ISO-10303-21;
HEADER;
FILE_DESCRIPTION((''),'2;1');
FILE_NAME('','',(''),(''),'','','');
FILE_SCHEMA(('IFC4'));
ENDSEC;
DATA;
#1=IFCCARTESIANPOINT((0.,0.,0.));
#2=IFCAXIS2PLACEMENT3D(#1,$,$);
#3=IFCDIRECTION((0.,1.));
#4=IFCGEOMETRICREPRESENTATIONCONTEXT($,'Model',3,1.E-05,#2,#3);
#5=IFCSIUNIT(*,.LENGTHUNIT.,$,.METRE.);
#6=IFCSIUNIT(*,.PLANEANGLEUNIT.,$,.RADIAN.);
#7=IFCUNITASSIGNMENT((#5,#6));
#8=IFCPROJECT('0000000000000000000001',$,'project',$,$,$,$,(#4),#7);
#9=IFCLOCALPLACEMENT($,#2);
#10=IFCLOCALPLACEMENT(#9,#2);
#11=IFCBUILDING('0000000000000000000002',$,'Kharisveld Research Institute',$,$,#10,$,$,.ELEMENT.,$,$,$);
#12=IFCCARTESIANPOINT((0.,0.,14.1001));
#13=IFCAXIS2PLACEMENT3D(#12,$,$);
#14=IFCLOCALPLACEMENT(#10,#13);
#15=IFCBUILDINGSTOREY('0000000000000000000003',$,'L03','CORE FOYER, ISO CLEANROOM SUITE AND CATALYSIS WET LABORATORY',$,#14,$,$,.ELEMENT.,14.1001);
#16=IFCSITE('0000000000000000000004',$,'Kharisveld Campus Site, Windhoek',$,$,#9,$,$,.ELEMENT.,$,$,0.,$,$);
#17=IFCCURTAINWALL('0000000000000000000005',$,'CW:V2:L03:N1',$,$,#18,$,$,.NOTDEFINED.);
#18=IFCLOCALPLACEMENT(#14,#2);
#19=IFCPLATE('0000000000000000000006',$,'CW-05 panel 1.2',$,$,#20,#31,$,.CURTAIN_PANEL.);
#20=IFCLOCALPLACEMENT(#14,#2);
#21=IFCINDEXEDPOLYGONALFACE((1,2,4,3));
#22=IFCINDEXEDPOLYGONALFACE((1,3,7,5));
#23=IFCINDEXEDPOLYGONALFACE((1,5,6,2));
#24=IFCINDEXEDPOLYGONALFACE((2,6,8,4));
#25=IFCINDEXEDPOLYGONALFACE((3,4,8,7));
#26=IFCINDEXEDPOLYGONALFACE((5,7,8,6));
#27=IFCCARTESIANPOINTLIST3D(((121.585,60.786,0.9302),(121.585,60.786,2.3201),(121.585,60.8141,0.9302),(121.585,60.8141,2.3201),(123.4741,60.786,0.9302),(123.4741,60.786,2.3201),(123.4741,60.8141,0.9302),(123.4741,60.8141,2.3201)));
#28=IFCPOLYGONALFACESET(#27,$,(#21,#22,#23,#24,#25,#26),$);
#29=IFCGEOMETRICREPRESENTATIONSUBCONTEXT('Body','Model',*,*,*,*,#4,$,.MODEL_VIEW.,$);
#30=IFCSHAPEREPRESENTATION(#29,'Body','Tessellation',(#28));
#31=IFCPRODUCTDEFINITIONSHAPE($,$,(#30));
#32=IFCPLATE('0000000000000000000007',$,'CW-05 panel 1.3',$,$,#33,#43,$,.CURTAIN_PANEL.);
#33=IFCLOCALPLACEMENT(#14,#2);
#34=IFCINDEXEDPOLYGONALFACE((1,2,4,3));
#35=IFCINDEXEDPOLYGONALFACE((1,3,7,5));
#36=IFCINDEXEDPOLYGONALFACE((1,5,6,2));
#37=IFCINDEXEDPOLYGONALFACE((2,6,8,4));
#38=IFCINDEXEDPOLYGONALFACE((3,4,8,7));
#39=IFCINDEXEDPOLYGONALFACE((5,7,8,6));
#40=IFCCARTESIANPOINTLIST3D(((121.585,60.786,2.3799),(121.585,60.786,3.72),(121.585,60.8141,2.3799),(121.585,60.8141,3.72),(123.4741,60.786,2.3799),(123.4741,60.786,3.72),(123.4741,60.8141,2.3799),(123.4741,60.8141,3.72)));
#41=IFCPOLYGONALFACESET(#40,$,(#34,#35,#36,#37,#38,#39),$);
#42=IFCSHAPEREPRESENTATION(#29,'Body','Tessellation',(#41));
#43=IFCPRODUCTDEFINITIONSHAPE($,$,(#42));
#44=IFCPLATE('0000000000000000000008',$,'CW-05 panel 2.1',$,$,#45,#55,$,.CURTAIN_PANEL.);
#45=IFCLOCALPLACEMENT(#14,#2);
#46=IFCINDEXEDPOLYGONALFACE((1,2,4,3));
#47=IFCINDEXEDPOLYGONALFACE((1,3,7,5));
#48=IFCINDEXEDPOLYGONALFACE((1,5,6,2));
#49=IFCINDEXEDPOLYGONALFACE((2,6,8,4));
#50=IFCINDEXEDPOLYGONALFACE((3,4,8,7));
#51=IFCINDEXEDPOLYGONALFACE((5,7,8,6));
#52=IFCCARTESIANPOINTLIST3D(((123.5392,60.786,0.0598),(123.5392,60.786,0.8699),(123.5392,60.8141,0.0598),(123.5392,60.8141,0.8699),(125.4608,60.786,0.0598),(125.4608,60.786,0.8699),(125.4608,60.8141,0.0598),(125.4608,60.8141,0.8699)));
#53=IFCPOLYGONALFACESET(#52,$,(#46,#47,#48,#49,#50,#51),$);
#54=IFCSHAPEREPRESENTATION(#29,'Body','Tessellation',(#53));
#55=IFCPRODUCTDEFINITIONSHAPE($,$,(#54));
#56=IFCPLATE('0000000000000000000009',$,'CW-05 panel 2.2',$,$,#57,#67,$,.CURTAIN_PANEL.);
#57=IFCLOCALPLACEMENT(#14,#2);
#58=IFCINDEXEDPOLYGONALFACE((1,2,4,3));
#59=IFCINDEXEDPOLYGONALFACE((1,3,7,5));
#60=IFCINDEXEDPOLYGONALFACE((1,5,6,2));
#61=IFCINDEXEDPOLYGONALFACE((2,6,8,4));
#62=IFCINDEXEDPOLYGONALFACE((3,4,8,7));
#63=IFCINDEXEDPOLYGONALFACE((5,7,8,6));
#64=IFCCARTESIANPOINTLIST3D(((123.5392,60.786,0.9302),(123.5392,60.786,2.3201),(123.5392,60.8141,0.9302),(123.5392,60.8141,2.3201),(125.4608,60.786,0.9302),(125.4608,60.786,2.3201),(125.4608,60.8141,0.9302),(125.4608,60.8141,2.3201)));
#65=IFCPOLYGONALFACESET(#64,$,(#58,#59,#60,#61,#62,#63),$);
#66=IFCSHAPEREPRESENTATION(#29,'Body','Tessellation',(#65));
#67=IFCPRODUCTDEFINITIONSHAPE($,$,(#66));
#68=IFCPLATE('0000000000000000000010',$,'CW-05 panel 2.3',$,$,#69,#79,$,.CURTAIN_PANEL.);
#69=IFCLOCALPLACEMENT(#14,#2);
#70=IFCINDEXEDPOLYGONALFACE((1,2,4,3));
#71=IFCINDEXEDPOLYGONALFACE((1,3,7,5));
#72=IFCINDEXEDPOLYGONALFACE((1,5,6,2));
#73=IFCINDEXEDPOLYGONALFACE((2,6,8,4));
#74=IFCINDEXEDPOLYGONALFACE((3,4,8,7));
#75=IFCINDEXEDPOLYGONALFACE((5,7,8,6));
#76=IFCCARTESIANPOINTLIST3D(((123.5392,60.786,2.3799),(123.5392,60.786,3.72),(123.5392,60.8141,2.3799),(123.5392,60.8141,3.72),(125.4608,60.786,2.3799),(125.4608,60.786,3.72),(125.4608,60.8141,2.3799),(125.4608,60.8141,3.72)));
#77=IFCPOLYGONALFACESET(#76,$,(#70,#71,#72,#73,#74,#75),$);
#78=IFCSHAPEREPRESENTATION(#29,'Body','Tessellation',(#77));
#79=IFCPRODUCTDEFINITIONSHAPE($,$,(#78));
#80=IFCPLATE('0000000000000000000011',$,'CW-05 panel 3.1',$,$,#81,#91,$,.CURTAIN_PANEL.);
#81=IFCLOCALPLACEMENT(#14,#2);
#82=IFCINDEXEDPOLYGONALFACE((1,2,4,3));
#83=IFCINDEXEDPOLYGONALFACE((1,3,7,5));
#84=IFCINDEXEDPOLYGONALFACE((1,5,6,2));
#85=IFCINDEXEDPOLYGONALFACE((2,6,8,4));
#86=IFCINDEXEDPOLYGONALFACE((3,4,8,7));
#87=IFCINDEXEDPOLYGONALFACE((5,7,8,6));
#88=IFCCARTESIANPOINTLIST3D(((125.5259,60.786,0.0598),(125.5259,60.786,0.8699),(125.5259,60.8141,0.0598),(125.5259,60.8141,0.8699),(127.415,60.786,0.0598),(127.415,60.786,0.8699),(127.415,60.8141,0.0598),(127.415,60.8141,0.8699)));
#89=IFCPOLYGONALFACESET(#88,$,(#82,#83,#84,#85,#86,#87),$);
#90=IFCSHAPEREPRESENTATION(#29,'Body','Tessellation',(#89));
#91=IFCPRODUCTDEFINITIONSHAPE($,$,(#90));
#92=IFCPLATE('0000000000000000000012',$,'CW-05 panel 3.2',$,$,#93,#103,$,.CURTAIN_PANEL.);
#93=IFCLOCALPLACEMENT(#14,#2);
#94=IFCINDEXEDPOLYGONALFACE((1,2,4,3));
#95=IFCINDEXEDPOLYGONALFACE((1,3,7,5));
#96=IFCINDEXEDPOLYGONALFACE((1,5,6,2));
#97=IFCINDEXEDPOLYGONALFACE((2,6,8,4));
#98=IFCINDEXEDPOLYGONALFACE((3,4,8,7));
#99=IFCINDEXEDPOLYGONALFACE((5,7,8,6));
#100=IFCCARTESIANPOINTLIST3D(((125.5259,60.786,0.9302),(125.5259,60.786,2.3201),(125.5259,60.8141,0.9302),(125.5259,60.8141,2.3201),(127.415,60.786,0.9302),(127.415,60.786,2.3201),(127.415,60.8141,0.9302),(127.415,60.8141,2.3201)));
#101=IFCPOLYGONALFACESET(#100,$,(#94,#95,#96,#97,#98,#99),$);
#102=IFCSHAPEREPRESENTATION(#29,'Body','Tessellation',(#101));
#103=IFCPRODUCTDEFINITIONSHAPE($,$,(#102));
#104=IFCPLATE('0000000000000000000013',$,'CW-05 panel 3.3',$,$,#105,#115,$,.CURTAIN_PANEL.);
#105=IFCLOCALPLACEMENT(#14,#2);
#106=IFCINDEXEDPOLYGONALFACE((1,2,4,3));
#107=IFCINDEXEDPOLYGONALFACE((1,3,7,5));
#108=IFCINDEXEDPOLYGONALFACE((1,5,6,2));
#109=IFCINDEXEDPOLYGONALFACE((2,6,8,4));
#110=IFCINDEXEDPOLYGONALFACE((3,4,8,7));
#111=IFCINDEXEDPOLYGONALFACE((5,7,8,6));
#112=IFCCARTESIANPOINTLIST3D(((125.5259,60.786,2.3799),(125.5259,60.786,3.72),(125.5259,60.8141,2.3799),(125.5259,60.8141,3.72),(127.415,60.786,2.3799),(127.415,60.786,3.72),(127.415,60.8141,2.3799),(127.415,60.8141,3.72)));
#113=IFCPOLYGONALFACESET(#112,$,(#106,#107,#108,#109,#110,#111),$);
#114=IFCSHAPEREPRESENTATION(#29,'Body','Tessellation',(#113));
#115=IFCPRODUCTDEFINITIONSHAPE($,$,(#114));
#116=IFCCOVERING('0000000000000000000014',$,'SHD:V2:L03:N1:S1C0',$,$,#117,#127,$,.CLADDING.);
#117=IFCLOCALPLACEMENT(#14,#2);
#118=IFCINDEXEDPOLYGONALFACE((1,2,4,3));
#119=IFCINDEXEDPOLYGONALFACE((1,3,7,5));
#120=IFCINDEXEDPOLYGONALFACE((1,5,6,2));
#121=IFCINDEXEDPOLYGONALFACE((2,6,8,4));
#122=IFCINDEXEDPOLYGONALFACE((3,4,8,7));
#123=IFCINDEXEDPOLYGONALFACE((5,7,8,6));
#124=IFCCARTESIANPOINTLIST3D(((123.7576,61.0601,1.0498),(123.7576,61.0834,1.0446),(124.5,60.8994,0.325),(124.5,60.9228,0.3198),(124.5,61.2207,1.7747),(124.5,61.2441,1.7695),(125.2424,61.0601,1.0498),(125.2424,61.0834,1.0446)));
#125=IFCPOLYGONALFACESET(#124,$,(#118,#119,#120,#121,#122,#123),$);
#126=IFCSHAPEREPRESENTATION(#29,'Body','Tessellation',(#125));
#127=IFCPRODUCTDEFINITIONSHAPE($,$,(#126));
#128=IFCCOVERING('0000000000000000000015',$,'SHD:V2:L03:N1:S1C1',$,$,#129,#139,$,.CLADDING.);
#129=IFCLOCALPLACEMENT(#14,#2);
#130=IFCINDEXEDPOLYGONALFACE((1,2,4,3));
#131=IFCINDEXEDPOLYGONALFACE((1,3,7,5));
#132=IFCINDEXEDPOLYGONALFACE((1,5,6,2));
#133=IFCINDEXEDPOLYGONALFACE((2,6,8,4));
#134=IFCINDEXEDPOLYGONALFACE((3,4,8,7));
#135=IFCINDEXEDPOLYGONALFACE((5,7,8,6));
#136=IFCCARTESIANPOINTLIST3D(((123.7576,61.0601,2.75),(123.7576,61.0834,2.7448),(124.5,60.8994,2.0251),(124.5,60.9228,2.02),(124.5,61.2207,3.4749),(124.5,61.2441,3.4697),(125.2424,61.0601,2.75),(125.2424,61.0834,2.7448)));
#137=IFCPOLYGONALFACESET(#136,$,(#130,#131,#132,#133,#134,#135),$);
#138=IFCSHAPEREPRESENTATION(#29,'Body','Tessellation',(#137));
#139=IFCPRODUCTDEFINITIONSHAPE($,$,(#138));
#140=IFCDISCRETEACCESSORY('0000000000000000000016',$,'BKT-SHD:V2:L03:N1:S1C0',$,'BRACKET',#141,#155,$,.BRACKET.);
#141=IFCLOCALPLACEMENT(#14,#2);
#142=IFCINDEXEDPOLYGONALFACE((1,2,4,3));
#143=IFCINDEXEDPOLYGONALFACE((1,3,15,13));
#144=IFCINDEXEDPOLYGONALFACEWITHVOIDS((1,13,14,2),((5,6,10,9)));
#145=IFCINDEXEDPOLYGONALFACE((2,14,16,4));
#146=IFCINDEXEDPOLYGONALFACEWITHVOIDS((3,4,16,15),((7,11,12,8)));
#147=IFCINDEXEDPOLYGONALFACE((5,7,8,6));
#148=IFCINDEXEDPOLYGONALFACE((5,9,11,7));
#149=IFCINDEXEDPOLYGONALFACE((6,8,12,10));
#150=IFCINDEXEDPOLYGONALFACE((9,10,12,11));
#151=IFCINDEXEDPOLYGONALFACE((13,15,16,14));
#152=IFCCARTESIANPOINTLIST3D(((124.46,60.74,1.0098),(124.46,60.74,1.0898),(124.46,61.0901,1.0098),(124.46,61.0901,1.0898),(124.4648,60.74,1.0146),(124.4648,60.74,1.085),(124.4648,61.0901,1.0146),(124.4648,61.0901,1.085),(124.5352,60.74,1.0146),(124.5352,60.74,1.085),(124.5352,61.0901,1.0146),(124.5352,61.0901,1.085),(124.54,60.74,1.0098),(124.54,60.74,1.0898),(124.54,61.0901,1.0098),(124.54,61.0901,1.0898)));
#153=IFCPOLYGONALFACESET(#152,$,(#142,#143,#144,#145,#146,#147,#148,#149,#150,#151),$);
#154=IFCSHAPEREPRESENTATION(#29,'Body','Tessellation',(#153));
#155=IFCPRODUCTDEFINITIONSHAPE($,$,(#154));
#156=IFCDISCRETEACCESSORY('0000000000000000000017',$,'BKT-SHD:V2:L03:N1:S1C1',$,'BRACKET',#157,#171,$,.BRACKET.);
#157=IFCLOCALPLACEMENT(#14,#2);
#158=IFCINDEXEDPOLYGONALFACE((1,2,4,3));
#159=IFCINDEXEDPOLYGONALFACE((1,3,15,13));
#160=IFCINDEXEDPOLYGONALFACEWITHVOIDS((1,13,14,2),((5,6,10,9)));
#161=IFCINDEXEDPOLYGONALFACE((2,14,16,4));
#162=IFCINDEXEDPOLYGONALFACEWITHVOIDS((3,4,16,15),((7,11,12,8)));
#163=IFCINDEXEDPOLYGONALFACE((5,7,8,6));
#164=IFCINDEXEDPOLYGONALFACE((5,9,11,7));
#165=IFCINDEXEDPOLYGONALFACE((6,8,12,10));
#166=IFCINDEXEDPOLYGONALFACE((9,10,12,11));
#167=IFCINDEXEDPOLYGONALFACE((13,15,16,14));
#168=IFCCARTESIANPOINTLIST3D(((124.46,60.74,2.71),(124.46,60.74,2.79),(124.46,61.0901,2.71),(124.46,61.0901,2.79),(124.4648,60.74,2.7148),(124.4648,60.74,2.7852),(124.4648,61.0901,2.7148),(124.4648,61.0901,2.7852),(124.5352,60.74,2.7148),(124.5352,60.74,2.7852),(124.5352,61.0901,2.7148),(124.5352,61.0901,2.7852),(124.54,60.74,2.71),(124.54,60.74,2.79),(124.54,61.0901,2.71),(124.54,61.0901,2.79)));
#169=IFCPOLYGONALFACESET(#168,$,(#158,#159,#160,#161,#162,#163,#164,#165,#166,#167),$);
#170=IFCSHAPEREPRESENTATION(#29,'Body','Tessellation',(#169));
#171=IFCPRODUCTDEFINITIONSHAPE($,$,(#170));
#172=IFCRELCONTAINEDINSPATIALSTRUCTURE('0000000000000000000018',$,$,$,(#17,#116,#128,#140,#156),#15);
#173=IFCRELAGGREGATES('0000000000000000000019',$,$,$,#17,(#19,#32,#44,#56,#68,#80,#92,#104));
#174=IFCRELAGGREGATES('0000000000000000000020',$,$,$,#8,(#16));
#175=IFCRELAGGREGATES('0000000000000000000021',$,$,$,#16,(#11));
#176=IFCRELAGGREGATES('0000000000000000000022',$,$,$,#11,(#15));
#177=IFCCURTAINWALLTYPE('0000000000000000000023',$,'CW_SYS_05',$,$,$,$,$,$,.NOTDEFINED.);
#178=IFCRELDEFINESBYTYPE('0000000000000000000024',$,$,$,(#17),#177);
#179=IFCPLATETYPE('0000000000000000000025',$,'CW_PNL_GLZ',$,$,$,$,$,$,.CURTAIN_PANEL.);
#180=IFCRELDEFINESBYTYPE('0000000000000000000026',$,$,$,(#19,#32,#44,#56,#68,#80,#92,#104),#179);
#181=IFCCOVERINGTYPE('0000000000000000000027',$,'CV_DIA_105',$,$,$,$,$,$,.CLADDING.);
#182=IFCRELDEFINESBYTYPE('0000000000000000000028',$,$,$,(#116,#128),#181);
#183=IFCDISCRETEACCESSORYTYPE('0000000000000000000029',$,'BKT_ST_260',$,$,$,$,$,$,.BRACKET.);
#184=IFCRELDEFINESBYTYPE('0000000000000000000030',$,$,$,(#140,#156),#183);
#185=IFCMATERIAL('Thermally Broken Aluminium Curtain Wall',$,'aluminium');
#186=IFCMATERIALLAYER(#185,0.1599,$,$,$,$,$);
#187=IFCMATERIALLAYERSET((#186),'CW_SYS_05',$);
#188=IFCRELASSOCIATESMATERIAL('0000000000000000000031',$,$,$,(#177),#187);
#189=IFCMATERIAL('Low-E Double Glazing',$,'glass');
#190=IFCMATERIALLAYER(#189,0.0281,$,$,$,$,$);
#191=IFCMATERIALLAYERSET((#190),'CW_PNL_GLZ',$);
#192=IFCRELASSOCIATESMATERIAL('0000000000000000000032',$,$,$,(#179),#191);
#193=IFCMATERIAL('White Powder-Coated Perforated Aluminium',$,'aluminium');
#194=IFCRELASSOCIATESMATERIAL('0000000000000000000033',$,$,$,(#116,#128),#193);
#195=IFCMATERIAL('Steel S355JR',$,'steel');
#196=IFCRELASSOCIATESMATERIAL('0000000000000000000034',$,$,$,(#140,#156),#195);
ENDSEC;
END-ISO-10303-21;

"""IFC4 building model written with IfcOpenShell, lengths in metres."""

from ifc_helpers import new_model, si_unit, direction, frame, origin, origin_2d, place, context, subcontext, project, spatial, polyline, rectangle, hollow_rectangle, outline, extrude, material, layer, layer_set, type_object, element, aggregate, save


model = new_model("IFC4")

# Units and contexts
model_context = context("Model", 3, precision=1e-05, world=origin(), true_north=direction((0.0, 1.0)))
body_context = subcontext(model_context, "Body", "Model", "MODEL_VIEW")
ifc_project = project(units=[si_unit("LENGTHUNIT", "METRE"), si_unit("PLANEANGLEUNIT", "RADIAN")], contexts=[model_context])

# Site, building, storey
site_placement = place(None, origin())
site = spatial("IfcSite", under=ifc_project, at=site_placement, Name="Kharisveld Campus Site, Windhoek", CompositionType="ELEMENT", RefElevation=0.0)
building_placement = place(site_placement, origin())
building = spatial("IfcBuilding", under=site, at=building_placement, Name="Kharisveld Research Institute", CompositionType="ELEMENT")
storey_placement = place(building_placement, frame((0.0, 0.0, 14.1001)))
storey = spatial("IfcBuildingStorey", under=building, at=storey_placement, Name="L03", Description="CORE FOYER, ISO CLEANROOM SUITE AND CATALYSIS WET LABORATORY", CompositionType="ELEMENT", Elevation=14.1001)

# Curtain wall, plates
ifc_material_1 = material(Name="Thermally Broken Aluminium Curtain Wall", Category="aluminium")
ifc_layer_1 = layer(ifc_material_1, 0.1599)
ifc_layer_set_1 = layer_set([ifc_layer_1], Name="CW_SYS_05")
curtain_wall_type = type_object("IfcCurtainWallType", Name="CW_SYS_05", PredefinedType="NOTDEFINED", material=ifc_layer_set_1)
curtain_wall_placement = place(storey_placement, origin())
curtain_wall = element("IfcCurtainWall", 1, at=curtain_wall_placement, inside=storey, type_object=curtain_wall_type, Name="CW:V2:L03:N1", PredefinedType="NOTDEFINED")
ifc_material_2 = material(Name="Low-E Double Glazing", Category="glass")
ifc_layer_2 = layer(ifc_material_2, 0.0281)
ifc_layer_set_2 = layer_set([ifc_layer_2], Name="CW_PNL_GLZ")
plate_type = type_object("IfcPlateType", Name="CW_PNL_GLZ", PredefinedType="CURTAIN_PANEL", material=ifc_layer_set_2)
plate_1_placement = place(storey_placement, frame((122.5295, 60.8, 0.9302), z_axis=(0.0, 0.0, 1.0), x_axis=(1.0, 0.0, 0.0)))
plate_1 = element("IfcPlate", 2, at=plate_1_placement, type_object=plate_type, Name="CW-05 panel 1.2", PredefinedType="CURTAIN_PANEL", context=body_context, shape_type="SweptSolid", body=[
    extrude(rectangle(XDim=1.8892, YDim=0.0281, at=origin_2d()), origin(), (0.0, 0.0, 1.0), 1.3899),
])
plate_2_placement = place(storey_placement, frame((122.5295, 60.8, 2.3799), z_axis=(0.0, 0.0, 1.0), x_axis=(1.0, 0.0, 0.0)))
plate_2 = element("IfcPlate", 3, at=plate_2_placement, type_object=plate_type, Name="CW-05 panel 1.3", PredefinedType="CURTAIN_PANEL", context=body_context, shape_type="SweptSolid", body=[
    extrude(rectangle(XDim=1.8892, YDim=0.0281, at=origin_2d()), origin(), (0.0, 0.0, 1.0), 1.3401),
])
plate_3_placement = place(storey_placement, frame((124.5, 60.8, 0.0598), z_axis=(0.0, 0.0, 1.0), x_axis=(1.0, 0.0, 0.0)))
plate_3 = element("IfcPlate", 4, at=plate_3_placement, type_object=plate_type, Name="CW-05 panel 2.1", PredefinedType="CURTAIN_PANEL", context=body_context, shape_type="SweptSolid", body=[
    extrude(rectangle(XDim=1.9216, YDim=0.0281, at=origin_2d()), origin(), (0.0, 0.0, 1.0), 0.8101),
])
plate_4_placement = place(storey_placement, frame((124.5, 60.8, 0.9302), z_axis=(0.0, 0.0, 1.0), x_axis=(1.0, 0.0, 0.0)))
plate_4 = element("IfcPlate", 5, at=plate_4_placement, type_object=plate_type, Name="CW-05 panel 2.2", PredefinedType="CURTAIN_PANEL", context=body_context, shape_type="SweptSolid", body=[
    extrude(rectangle(XDim=1.9216, YDim=0.0281, at=origin_2d()), origin(), (0.0, 0.0, 1.0), 1.3899),
])
plate_5_placement = place(storey_placement, frame((124.5, 60.8, 2.3799), z_axis=(0.0, 0.0, 1.0), x_axis=(1.0, 0.0, 0.0)))
plate_5 = element("IfcPlate", 6, at=plate_5_placement, type_object=plate_type, Name="CW-05 panel 2.3", PredefinedType="CURTAIN_PANEL", context=body_context, shape_type="SweptSolid", body=[
    extrude(rectangle(XDim=1.9216, YDim=0.0281, at=origin_2d()), origin(), (0.0, 0.0, 1.0), 1.3401),
])
plate_6_placement = place(storey_placement, frame((126.4705, 60.8, 0.0598), z_axis=(0.0, 0.0, 1.0), x_axis=(1.0, 0.0, 0.0)))
plate_6 = element("IfcPlate", 7, at=plate_6_placement, type_object=plate_type, Name="CW-05 panel 3.1", PredefinedType="CURTAIN_PANEL", context=body_context, shape_type="SweptSolid", body=[
    extrude(rectangle(XDim=1.8892, YDim=0.0281, at=origin_2d()), origin(), (0.0, 0.0, 1.0), 0.8101),
])
plate_7_placement = place(storey_placement, frame((126.4705, 60.8, 0.9302), z_axis=(0.0, 0.0, 1.0), x_axis=(1.0, 0.0, 0.0)))
plate_7 = element("IfcPlate", 8, at=plate_7_placement, type_object=plate_type, Name="CW-05 panel 3.2", PredefinedType="CURTAIN_PANEL", context=body_context, shape_type="SweptSolid", body=[
    extrude(rectangle(XDim=1.8892, YDim=0.0281, at=origin_2d()), origin(), (0.0, 0.0, 1.0), 1.3899),
])
plate_8_placement = place(storey_placement, frame((126.4705, 60.8, 2.3799), z_axis=(0.0, 0.0, 1.0), x_axis=(1.0, 0.0, 0.0)))
plate_8 = element("IfcPlate", 9, at=plate_8_placement, type_object=plate_type, Name="CW-05 panel 3.3", PredefinedType="CURTAIN_PANEL", context=body_context, shape_type="SweptSolid", body=[
    extrude(rectangle(XDim=1.8892, YDim=0.0281, at=origin_2d()), origin(), (0.0, 0.0, 1.0), 1.3401),
])
aggregate(curtain_wall, [plate_1, plate_2, plate_3, plate_4, plate_5, plate_6, plate_7, plate_8])

# Coverings
ifc_material_3 = material(Name="White Powder-Coated Perforated Aluminium", Category="aluminium")
covering_type = type_object("IfcCoveringType", Name="CV_DIA_105", PredefinedType="CLADDING")
for number, where, z_axis, x_axis, name in (
    (10, (124.5, 60.8994, 0.325), (0.0, -0.976311, 0.216373), (0.707102, 0.153, 0.69036), "SHD:V2:L03:N1:S1C0"),
    (11, (124.5, 60.8994, 2.0251), (0.0, -0.976311, 0.216373), (0.707102, 0.153, 0.69036), "SHD:V2:L03:N1:S1C1"),
):
    element("IfcCovering", number, at=place(storey_placement, frame(where, z_axis=z_axis, x_axis=x_axis)), inside=storey, type_object=covering_type, material=ifc_material_3, Name=name, PredefinedType="CLADDING", context=body_context, shape_type="SweptSolid", body=[
        extrude(outline(polyline([(0.0, 0.0), (1.05, 0.0), (1.05, 1.05), (0.0, 1.05), (0.0, 0.0)])), origin(), (0.0, 0.0, -1.0), 0.0239),
    ])

# Discrete accessories
ifc_material_4 = material(Name="Steel S355JR", Category="steel")
discrete_accessory_type = type_object("IfcDiscreteAccessoryType", Name="BKT_ST_260", PredefinedType="BRACKET")
for number, where, z_axis, x_axis, name in (
    (12, (124.5, 60.74, 1.0498), (0.0, 1.0, 0.0), (-1.0, 0.0, 0.0), "BKT-SHD:V2:L03:N1:S1C0"),
    (13, (124.5, 60.74, 2.75), (0.0, 1.0, 0.0), (-1.0, 0.0, 0.0), "BKT-SHD:V2:L03:N1:S1C1"),
):
    element("IfcDiscreteAccessory", number, at=place(storey_placement, frame(where, z_axis=z_axis, x_axis=x_axis)), inside=storey, type_object=discrete_accessory_type, material=ifc_material_4, Name=name, ObjectType="BRACKET", PredefinedType="BRACKET", context=body_context, shape_type="SweptSolid", body=[
        extrude(hollow_rectangle(XDim=0.0801, YDim=0.0801, WallThickness=0.0049, at=origin_2d()), origin(), (0.0, 0.0, 1.0), 0.3501),
    ])

save(model, "model.ifc")
